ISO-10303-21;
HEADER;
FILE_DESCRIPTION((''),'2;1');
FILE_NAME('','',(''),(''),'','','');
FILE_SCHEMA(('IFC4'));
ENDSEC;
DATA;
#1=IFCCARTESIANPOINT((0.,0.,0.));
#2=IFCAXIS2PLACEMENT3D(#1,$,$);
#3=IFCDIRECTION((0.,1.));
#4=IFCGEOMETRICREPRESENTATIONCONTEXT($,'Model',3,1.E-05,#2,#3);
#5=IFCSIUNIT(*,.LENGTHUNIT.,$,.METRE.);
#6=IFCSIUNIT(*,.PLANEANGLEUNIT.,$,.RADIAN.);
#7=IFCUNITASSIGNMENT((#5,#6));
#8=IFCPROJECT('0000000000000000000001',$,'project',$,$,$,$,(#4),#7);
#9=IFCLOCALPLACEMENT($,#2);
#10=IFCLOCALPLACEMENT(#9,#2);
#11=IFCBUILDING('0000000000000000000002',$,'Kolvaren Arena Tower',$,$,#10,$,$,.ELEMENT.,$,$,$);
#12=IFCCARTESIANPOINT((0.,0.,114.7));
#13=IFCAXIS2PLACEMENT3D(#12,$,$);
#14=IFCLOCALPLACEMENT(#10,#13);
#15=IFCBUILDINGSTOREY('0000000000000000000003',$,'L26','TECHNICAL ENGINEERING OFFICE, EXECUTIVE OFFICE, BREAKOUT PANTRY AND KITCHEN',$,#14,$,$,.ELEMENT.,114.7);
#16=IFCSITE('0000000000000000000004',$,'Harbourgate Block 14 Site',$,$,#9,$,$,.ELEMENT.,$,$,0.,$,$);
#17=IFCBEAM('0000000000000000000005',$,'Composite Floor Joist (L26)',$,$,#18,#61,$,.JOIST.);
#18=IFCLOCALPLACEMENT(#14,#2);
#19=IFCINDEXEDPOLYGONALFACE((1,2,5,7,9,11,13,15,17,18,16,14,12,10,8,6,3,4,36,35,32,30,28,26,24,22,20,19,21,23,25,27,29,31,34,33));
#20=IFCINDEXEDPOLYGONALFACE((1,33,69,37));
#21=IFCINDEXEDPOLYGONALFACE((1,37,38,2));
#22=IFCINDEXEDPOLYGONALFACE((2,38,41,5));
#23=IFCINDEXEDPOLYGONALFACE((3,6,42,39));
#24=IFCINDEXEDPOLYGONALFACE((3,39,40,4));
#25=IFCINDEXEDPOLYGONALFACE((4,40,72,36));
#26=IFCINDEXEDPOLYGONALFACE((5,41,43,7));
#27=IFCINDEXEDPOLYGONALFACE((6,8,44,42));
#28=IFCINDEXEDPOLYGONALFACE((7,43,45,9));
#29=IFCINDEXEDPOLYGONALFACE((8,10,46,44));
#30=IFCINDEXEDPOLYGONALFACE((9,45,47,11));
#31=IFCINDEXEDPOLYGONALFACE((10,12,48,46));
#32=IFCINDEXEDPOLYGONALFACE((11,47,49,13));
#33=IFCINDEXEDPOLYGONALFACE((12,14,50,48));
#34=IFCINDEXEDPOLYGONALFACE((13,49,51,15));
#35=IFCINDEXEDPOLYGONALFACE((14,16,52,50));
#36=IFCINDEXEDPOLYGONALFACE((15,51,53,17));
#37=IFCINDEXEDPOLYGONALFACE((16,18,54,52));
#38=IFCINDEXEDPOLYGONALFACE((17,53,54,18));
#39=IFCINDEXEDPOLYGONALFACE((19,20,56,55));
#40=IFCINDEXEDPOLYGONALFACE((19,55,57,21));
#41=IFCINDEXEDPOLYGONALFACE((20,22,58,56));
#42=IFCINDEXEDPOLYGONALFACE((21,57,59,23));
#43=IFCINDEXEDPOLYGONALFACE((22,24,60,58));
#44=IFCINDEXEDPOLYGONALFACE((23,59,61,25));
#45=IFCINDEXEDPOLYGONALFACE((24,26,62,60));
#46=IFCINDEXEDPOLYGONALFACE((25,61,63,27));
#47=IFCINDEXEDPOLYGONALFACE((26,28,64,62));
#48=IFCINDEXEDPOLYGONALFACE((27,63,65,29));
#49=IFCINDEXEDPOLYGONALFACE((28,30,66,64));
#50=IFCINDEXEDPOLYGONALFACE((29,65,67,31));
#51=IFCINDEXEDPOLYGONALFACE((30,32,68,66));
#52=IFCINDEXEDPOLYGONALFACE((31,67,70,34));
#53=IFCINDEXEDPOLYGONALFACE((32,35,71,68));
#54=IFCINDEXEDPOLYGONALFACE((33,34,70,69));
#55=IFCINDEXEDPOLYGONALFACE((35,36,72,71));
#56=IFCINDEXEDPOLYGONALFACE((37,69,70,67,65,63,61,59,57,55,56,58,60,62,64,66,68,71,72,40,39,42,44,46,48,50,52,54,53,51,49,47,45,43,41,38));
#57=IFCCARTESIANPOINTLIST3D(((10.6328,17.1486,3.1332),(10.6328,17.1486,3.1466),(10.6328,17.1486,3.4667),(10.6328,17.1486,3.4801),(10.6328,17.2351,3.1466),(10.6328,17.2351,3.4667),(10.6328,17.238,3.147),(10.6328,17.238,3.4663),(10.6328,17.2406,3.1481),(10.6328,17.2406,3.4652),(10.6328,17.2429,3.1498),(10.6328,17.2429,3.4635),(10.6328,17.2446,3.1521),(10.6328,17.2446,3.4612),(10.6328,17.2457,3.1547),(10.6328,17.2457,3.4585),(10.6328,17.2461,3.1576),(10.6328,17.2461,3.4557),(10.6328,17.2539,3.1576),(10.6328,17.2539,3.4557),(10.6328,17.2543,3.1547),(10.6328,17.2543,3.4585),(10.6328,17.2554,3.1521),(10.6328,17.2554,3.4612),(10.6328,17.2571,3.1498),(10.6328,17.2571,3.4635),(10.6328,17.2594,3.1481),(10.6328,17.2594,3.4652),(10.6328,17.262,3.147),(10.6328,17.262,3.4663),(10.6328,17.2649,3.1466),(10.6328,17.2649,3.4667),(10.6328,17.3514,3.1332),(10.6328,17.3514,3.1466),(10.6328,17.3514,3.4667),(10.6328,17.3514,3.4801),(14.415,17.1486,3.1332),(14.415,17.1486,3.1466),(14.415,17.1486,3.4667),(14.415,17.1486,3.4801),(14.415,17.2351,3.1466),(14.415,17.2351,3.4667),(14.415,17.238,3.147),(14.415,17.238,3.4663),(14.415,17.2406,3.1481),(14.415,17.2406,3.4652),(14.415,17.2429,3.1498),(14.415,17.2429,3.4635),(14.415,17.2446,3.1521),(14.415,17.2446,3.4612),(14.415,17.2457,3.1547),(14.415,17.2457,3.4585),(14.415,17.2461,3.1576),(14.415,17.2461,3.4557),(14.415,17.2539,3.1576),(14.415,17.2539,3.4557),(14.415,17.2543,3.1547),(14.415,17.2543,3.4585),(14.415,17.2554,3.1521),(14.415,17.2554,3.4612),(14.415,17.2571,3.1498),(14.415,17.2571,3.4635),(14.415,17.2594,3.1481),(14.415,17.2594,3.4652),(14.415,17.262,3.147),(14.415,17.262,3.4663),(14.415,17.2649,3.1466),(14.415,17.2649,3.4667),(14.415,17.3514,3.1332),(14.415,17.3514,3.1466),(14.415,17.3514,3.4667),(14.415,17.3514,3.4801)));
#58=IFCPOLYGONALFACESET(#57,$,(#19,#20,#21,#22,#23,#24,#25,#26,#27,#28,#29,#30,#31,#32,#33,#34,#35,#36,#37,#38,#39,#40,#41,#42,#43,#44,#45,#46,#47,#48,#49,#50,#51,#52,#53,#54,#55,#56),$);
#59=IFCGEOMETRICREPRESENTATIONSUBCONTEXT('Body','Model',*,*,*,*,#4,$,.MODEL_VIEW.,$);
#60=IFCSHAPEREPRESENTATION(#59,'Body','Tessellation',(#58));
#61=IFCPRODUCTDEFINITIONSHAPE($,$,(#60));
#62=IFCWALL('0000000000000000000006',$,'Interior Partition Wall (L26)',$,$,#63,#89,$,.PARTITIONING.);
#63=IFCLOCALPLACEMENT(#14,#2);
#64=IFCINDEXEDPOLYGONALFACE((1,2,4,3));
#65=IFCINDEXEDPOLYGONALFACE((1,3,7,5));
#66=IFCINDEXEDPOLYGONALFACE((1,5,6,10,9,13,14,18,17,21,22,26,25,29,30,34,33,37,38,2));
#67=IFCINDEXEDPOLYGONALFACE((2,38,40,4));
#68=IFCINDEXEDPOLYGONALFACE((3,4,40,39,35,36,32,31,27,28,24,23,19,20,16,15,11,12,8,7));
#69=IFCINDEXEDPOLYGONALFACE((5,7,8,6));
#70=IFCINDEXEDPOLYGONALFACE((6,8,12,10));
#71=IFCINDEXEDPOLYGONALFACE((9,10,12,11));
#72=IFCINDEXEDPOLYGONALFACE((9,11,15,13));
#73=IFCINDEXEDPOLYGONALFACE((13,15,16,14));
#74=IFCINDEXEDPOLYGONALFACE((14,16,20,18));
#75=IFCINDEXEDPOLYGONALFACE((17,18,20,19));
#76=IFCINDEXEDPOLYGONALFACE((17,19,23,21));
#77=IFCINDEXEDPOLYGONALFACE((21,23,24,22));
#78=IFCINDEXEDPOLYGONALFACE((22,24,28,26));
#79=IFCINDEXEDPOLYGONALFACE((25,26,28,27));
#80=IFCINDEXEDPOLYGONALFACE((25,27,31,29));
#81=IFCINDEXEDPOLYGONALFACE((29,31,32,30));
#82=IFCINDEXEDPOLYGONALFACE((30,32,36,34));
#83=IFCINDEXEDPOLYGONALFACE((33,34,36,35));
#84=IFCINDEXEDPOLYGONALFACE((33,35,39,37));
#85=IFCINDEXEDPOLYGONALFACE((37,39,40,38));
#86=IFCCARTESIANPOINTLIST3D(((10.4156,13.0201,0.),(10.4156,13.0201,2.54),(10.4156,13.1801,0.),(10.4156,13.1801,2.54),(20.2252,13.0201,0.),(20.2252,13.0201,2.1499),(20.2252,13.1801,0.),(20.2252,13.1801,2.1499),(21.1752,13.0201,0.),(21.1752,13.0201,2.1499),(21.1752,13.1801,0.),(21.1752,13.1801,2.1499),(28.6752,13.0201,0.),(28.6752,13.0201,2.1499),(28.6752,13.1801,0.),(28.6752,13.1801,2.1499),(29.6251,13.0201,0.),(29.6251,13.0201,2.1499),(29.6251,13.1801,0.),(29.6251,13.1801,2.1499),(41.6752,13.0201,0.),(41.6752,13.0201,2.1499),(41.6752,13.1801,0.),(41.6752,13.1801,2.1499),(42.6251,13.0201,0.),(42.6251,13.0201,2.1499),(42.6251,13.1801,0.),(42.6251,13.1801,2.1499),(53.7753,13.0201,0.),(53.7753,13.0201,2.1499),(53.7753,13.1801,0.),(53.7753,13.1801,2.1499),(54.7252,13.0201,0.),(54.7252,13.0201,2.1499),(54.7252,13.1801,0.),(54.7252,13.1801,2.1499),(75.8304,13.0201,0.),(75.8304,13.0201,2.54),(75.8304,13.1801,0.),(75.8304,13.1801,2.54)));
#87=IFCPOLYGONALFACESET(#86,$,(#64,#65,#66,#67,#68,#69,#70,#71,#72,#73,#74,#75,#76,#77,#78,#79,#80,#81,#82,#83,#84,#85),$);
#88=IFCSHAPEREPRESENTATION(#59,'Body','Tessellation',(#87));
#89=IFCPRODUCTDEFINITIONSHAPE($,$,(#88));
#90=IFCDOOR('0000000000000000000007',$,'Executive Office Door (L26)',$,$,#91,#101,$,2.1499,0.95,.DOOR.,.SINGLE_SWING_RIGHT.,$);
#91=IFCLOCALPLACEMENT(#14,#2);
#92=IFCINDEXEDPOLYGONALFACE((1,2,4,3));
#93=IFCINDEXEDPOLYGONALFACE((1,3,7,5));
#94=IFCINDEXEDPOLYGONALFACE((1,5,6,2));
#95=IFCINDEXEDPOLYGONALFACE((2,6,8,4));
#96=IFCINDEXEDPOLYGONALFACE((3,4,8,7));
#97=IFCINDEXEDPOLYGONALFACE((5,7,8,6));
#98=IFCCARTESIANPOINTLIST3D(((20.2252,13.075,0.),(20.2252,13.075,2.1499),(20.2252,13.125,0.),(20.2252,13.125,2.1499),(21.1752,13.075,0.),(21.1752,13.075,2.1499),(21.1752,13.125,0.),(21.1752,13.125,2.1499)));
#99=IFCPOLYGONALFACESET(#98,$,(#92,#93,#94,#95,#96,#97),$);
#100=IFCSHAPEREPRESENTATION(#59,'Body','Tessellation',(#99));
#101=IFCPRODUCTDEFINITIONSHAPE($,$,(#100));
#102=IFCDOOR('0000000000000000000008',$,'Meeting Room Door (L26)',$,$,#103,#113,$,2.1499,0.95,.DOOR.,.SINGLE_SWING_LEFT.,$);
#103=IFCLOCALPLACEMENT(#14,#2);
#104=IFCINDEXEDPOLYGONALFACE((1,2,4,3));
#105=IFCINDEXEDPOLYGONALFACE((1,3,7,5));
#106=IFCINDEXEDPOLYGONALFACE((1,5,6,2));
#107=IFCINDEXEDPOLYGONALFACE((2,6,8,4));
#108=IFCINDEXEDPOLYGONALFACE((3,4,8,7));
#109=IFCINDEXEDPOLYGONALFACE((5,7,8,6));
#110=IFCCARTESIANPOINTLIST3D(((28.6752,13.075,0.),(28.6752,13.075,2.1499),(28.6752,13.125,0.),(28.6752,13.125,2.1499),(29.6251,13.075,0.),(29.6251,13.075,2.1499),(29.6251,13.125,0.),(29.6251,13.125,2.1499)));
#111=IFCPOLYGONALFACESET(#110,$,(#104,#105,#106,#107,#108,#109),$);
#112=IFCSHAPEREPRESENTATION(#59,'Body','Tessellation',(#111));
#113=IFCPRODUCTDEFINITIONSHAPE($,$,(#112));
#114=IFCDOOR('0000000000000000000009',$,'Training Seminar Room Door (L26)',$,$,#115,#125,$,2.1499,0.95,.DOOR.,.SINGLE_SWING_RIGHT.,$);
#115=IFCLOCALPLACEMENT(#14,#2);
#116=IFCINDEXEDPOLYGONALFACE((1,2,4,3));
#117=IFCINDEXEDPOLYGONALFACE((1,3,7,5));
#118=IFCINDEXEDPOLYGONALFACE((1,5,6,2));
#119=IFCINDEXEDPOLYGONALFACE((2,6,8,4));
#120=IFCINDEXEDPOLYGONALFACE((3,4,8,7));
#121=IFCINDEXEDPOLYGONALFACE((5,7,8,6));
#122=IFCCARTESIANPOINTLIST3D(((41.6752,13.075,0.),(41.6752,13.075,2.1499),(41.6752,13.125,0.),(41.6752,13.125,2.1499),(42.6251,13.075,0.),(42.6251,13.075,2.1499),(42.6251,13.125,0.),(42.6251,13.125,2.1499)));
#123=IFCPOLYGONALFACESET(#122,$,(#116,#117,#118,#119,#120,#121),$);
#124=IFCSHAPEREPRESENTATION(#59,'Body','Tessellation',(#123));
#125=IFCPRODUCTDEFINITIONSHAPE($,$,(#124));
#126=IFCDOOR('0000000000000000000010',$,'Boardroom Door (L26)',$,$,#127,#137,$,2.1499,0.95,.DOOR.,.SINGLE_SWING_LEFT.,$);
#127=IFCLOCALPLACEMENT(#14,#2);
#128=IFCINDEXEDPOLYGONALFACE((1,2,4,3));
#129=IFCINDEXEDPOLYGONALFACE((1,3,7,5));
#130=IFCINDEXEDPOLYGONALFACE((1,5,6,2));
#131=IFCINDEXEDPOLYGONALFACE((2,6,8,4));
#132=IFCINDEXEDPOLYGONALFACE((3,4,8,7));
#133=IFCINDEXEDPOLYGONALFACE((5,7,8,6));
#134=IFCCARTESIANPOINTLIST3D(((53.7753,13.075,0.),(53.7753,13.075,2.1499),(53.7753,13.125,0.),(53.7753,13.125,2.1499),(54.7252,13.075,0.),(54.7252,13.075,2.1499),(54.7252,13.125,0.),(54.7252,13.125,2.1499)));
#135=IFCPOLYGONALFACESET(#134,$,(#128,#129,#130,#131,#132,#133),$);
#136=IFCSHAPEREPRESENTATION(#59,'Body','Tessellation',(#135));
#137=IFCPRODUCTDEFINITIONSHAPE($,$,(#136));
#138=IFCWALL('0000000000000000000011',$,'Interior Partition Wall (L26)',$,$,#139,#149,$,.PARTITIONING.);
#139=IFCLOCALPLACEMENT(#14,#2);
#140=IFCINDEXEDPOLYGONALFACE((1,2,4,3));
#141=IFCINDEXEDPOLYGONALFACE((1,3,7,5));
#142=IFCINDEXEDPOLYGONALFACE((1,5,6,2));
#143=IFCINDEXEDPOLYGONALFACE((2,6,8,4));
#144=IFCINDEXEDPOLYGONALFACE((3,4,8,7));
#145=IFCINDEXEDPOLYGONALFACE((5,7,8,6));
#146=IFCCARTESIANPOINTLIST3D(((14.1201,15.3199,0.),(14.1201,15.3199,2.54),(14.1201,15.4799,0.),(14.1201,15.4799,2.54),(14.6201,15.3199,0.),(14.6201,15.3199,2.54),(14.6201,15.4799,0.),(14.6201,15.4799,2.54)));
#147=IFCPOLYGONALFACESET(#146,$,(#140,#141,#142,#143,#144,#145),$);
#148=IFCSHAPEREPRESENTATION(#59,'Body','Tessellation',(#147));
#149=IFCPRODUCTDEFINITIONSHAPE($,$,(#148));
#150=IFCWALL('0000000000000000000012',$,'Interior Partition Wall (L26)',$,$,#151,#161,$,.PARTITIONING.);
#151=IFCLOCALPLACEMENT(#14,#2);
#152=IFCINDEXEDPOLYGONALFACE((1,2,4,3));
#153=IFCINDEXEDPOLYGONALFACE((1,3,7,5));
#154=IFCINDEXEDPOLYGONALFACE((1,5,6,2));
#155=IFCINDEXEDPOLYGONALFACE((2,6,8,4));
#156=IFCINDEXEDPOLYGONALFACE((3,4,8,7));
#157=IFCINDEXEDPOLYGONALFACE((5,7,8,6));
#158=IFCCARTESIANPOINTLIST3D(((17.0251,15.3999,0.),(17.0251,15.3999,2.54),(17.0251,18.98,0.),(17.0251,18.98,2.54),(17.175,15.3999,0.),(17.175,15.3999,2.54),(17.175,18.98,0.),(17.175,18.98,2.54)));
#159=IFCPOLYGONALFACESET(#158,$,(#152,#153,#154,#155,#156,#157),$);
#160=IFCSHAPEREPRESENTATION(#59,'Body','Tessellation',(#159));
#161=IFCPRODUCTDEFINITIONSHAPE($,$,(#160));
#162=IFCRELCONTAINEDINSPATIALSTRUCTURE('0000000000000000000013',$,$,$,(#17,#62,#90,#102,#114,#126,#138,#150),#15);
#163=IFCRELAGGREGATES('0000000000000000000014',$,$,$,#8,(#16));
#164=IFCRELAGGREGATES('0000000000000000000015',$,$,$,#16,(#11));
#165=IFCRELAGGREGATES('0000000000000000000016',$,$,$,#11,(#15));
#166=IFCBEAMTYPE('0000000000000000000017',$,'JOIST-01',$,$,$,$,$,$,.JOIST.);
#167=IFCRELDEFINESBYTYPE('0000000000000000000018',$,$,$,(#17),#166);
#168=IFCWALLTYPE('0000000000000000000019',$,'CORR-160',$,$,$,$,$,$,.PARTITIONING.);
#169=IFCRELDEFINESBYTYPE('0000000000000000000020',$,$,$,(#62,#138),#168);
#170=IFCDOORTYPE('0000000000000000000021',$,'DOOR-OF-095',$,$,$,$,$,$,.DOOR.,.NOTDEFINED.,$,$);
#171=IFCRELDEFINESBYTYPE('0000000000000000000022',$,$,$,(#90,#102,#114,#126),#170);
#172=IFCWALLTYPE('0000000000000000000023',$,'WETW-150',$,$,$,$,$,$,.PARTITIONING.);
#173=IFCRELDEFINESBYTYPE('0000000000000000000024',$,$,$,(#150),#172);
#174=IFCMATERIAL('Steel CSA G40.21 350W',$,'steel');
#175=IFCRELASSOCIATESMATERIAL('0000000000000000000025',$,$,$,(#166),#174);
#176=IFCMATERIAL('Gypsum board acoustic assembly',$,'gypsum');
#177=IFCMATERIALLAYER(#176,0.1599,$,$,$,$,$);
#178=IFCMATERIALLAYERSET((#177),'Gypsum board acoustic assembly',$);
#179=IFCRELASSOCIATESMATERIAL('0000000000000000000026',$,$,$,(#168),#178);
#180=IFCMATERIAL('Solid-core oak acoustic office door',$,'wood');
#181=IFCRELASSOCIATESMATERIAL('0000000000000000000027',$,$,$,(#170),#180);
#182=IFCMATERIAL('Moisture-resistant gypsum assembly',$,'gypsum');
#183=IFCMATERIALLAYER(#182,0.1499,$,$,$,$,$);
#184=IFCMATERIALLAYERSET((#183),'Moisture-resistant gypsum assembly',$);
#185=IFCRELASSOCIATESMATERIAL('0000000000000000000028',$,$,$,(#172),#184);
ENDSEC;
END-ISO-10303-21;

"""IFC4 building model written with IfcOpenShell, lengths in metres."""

from ifc_helpers import new_model, si_unit, direction, frame, frame_2d, origin, origin_2d, place, context, subcontext, project, spatial, rectangle, i_section, extrude, material, layer, layer_set, material_profile, profile_set, type_object, element, fill, save


model = new_model("IFC4")

# Units and contexts
model_context = context("Model", 3, precision=1e-05, world=origin(), true_north=direction((0.0, 1.0)))
body_context = subcontext(model_context, "Body", "Model", "MODEL_VIEW")
ifc_project = project(units=[si_unit("LENGTHUNIT", "METRE"), si_unit("PLANEANGLEUNIT", "RADIAN")], contexts=[model_context])

# Site, building, storey
site_placement = place(None, origin())
site = spatial("IfcSite", under=ifc_project, at=site_placement, Name="Harbourgate Block 14 Site", CompositionType="ELEMENT", RefElevation=0.0)
building_placement = place(site_placement, origin())
building = spatial("IfcBuilding", under=site, at=building_placement, Name="Kolvaren Arena Tower", CompositionType="ELEMENT")
storey_placement = place(building_placement, frame((0.0, 0.0, 114.7)))
storey = spatial("IfcBuildingStorey", under=building, at=storey_placement, Name="L26", Description="TECHNICAL ENGINEERING OFFICE, EXECUTIVE OFFICE, BREAKOUT PANTRY AND KITCHEN", CompositionType="ELEMENT", Elevation=114.7)

# Beam
ifc_material_1 = material(Name="Steel CSA G40.21 350W", Category="steel")
ifc_material_profile_1 = material_profile(ifc_material_1, i_section(OverallWidth=0.2029, OverallDepth=0.3469, WebThickness=0.0078, FlangeThickness=0.0134, FilletRadius=0.011, at=origin_2d()), Name="W360x64")
ifc_profile_set_1 = profile_set([ifc_material_profile_1], Name="Steel CSA G40.21 350W")
beam_type_1 = type_object("IfcBeamType", Name="JOIST-01", PredefinedType="JOIST", material=ifc_profile_set_1)
beam_1_placement = place(storey_placement, frame((10.6328, 17.25, 3.3066), z_axis=(1.0, 0.0, 0.0), x_axis=(0.0, 1.0, 0.0)))
element("IfcBeam", 1, at=beam_1_placement, inside=storey, type_object=beam_type_1, Name="Composite Floor Joist (L26)", PredefinedType="JOIST", context=body_context, shape_type="SweptSolid", body=[
    extrude(i_section(OverallWidth=0.2029, OverallDepth=0.3469, WebThickness=0.0078, FlangeThickness=0.0134, FilletRadius=0.011, at=origin_2d()), origin(), (0.0, 0.0, 1.0), 3.7822),
])

# Wall, openings, doors
ifc_material_2 = material(Name="Gypsum board acoustic assembly", Category="gypsum")
ifc_layer_1 = layer(ifc_material_2, 0.1599)
ifc_layer_set_1 = layer_set([ifc_layer_1], Name="Gypsum board acoustic assembly")
wall_type_1 = type_object("IfcWallType", Name="CORR-160", PredefinedType="PARTITIONING", material=ifc_layer_set_1)
wall_1_placement = place(storey_placement, frame((10.4155, 13.1001, 0.0), z_axis=(0.0, 0.0, 1.0), x_axis=(1.0, 0.0, 0.0)))
wall_1 = element("IfcWall", 2, at=wall_1_placement, inside=storey, type_object=wall_type_1, Name="Interior Partition Wall (L26)", PredefinedType="PARTITIONING", context=body_context, shape_type="SweptSolid", body=[
    extrude(rectangle(XDim=65.4148, YDim=0.1599, at=frame_2d((32.7075, 0.0))), origin(), (0.0, 0.0, 1.0), 2.54),
])
opening_1_placement = place(wall_1_placement, frame((9.8096, 0.0, 0.0)))
opening_1 = element("IfcOpeningElement", 3, at=opening_1_placement, cuts=wall_1, PredefinedType="OPENING", context=body_context, shape_type="SweptSolid", body=[
    extrude(rectangle(XDim=0.95, YDim=2.1499, at=frame_2d((0.4751, 1.075))), frame((0.0, 0.0898, 0.0), z_axis=(0.0, -1.0, 0.0), x_axis=(1.0, 0.0, 0.0)), (0.0, 0.0, 1.0), 0.1799),
])
opening_2_placement = place(wall_1_placement, frame((18.2595, 0.0, 0.0)))
opening_2 = element("IfcOpeningElement", 4, at=opening_2_placement, cuts=wall_1, PredefinedType="OPENING", context=body_context, shape_type="SweptSolid", body=[
    extrude(rectangle(XDim=0.95, YDim=2.1499, at=frame_2d((0.4751, 1.075))), frame((0.0, 0.0898, 0.0), z_axis=(0.0, -1.0, 0.0), x_axis=(1.0, 0.0, 0.0)), (0.0, 0.0, 1.0), 0.1799),
])
opening_3_placement = place(wall_1_placement, frame((31.2595, 0.0, 0.0)))
opening_3 = element("IfcOpeningElement", 5, at=opening_3_placement, cuts=wall_1, PredefinedType="OPENING", context=body_context, shape_type="SweptSolid", body=[
    extrude(rectangle(XDim=0.95, YDim=2.1499, at=frame_2d((0.4751, 1.075))), frame((0.0, 0.0898, 0.0), z_axis=(0.0, -1.0, 0.0), x_axis=(1.0, 0.0, 0.0)), (0.0, 0.0, 1.0), 0.1799),
])
opening_4_placement = place(wall_1_placement, frame((43.3596, 0.0, 0.0)))
opening_4 = element("IfcOpeningElement", 6, at=opening_4_placement, cuts=wall_1, PredefinedType="OPENING", context=body_context, shape_type="SweptSolid", body=[
    extrude(rectangle(XDim=0.95, YDim=2.1499, at=frame_2d((0.4751, 1.075))), frame((0.0, 0.0898, 0.0), z_axis=(0.0, -1.0, 0.0), x_axis=(1.0, 0.0, 0.0)), (0.0, 0.0, 1.0), 0.1799),
])
ifc_material_3 = material(Name="Solid-core oak acoustic office door", Category="wood")
door_type_1 = type_object("IfcDoorType", Name="DOOR-OF-095", OperationType="NOTDEFINED", PredefinedType="DOOR", material=ifc_material_3)
door_1_placement = place(opening_1_placement, origin())
door_1 = element("IfcDoor", 7, at=door_1_placement, inside=storey, type_object=door_type_1, Name="Executive Office Door (L26)", OperationType="SINGLE_SWING_RIGHT", OverallHeight=2.1499, OverallWidth=0.95, PredefinedType="DOOR", context=body_context, shape_type="SweptSolid", body=[
    extrude(rectangle(XDim=0.95, YDim=2.1499, at=frame_2d((0.4751, 1.075))), frame((0.0, 0.0249, 0.0), z_axis=(0.0, -1.0, 0.0), x_axis=(1.0, 0.0, 0.0)), (0.0, 0.0, 1.0), 0.05),
])
fill(opening_1, door_1)
door_2_placement = place(opening_2_placement, origin())
door_2 = element("IfcDoor", 8, at=door_2_placement, inside=storey, type_object=door_type_1, Name="Meeting Room Door (L26)", OperationType="SINGLE_SWING_LEFT", OverallHeight=2.1499, OverallWidth=0.95, PredefinedType="DOOR", context=body_context, shape_type="SweptSolid", body=[
    extrude(rectangle(XDim=0.95, YDim=2.1499, at=frame_2d((0.4751, 1.075))), frame((0.0, 0.0249, 0.0), z_axis=(0.0, -1.0, 0.0), x_axis=(1.0, 0.0, 0.0)), (0.0, 0.0, 1.0), 0.05),
])
fill(opening_2, door_2)
door_3_placement = place(opening_3_placement, origin())
door_3 = element("IfcDoor", 9, at=door_3_placement, inside=storey, type_object=door_type_1, Name="Training Seminar Room Door (L26)", OperationType="SINGLE_SWING_RIGHT", OverallHeight=2.1499, OverallWidth=0.95, PredefinedType="DOOR", context=body_context, shape_type="SweptSolid", body=[
    extrude(rectangle(XDim=0.95, YDim=2.1499, at=frame_2d((0.4751, 1.075))), frame((0.0, 0.0249, 0.0), z_axis=(0.0, -1.0, 0.0), x_axis=(1.0, 0.0, 0.0)), (0.0, 0.0, 1.0), 0.05),
])
fill(opening_3, door_3)
door_4_placement = place(opening_4_placement, origin())
door_4 = element("IfcDoor", 10, at=door_4_placement, inside=storey, type_object=door_type_1, Name="Boardroom Door (L26)", OperationType="SINGLE_SWING_LEFT", OverallHeight=2.1499, OverallWidth=0.95, PredefinedType="DOOR", context=body_context, shape_type="SweptSolid", body=[
    extrude(rectangle(XDim=0.95, YDim=2.1499, at=frame_2d((0.4751, 1.075))), frame((0.0, 0.0249, 0.0), z_axis=(0.0, -1.0, 0.0), x_axis=(1.0, 0.0, 0.0)), (0.0, 0.0, 1.0), 0.05),
])
fill(opening_4, door_4)

# Walls
wall_2_placement = place(storey_placement, frame((14.1201, 15.3999, 0.0), z_axis=(0.0, 0.0, 1.0), x_axis=(1.0, 0.0, 0.0)))
element("IfcWall", 11, at=wall_2_placement, inside=storey, type_object=wall_type_1, Name="Interior Partition Wall (L26)", PredefinedType="PARTITIONING", context=body_context, shape_type="SweptSolid", body=[
    extrude(rectangle(XDim=0.5, YDim=0.1599, at=frame_2d((0.25, 0.0))), origin(), (0.0, 0.0, 1.0), 2.54),
])
ifc_material_4 = material(Name="Moisture-resistant gypsum assembly", Category="gypsum")
ifc_layer_2 = layer(ifc_material_4, 0.1499)
ifc_layer_set_2 = layer_set([ifc_layer_2], Name="Moisture-resistant gypsum assembly")
wall_type_2 = type_object("IfcWallType", Name="WETW-150", PredefinedType="PARTITIONING", material=ifc_layer_set_2)
wall_3_placement = place(storey_placement, frame((17.1001, 15.3999, 0.0), z_axis=(0.0, 0.0, 1.0), x_axis=(0.0, 1.0, 0.0)))
element("IfcWall", 12, at=wall_3_placement, inside=storey, type_object=wall_type_2, Name="Interior Partition Wall (L26)", PredefinedType="PARTITIONING", context=body_context, shape_type="SweptSolid", body=[
    extrude(rectangle(XDim=3.5801, YDim=0.1499, at=frame_2d((1.79, 0.0))), origin(), (0.0, 0.0, 1.0), 2.54),
])

save(model, "model.ifc")
